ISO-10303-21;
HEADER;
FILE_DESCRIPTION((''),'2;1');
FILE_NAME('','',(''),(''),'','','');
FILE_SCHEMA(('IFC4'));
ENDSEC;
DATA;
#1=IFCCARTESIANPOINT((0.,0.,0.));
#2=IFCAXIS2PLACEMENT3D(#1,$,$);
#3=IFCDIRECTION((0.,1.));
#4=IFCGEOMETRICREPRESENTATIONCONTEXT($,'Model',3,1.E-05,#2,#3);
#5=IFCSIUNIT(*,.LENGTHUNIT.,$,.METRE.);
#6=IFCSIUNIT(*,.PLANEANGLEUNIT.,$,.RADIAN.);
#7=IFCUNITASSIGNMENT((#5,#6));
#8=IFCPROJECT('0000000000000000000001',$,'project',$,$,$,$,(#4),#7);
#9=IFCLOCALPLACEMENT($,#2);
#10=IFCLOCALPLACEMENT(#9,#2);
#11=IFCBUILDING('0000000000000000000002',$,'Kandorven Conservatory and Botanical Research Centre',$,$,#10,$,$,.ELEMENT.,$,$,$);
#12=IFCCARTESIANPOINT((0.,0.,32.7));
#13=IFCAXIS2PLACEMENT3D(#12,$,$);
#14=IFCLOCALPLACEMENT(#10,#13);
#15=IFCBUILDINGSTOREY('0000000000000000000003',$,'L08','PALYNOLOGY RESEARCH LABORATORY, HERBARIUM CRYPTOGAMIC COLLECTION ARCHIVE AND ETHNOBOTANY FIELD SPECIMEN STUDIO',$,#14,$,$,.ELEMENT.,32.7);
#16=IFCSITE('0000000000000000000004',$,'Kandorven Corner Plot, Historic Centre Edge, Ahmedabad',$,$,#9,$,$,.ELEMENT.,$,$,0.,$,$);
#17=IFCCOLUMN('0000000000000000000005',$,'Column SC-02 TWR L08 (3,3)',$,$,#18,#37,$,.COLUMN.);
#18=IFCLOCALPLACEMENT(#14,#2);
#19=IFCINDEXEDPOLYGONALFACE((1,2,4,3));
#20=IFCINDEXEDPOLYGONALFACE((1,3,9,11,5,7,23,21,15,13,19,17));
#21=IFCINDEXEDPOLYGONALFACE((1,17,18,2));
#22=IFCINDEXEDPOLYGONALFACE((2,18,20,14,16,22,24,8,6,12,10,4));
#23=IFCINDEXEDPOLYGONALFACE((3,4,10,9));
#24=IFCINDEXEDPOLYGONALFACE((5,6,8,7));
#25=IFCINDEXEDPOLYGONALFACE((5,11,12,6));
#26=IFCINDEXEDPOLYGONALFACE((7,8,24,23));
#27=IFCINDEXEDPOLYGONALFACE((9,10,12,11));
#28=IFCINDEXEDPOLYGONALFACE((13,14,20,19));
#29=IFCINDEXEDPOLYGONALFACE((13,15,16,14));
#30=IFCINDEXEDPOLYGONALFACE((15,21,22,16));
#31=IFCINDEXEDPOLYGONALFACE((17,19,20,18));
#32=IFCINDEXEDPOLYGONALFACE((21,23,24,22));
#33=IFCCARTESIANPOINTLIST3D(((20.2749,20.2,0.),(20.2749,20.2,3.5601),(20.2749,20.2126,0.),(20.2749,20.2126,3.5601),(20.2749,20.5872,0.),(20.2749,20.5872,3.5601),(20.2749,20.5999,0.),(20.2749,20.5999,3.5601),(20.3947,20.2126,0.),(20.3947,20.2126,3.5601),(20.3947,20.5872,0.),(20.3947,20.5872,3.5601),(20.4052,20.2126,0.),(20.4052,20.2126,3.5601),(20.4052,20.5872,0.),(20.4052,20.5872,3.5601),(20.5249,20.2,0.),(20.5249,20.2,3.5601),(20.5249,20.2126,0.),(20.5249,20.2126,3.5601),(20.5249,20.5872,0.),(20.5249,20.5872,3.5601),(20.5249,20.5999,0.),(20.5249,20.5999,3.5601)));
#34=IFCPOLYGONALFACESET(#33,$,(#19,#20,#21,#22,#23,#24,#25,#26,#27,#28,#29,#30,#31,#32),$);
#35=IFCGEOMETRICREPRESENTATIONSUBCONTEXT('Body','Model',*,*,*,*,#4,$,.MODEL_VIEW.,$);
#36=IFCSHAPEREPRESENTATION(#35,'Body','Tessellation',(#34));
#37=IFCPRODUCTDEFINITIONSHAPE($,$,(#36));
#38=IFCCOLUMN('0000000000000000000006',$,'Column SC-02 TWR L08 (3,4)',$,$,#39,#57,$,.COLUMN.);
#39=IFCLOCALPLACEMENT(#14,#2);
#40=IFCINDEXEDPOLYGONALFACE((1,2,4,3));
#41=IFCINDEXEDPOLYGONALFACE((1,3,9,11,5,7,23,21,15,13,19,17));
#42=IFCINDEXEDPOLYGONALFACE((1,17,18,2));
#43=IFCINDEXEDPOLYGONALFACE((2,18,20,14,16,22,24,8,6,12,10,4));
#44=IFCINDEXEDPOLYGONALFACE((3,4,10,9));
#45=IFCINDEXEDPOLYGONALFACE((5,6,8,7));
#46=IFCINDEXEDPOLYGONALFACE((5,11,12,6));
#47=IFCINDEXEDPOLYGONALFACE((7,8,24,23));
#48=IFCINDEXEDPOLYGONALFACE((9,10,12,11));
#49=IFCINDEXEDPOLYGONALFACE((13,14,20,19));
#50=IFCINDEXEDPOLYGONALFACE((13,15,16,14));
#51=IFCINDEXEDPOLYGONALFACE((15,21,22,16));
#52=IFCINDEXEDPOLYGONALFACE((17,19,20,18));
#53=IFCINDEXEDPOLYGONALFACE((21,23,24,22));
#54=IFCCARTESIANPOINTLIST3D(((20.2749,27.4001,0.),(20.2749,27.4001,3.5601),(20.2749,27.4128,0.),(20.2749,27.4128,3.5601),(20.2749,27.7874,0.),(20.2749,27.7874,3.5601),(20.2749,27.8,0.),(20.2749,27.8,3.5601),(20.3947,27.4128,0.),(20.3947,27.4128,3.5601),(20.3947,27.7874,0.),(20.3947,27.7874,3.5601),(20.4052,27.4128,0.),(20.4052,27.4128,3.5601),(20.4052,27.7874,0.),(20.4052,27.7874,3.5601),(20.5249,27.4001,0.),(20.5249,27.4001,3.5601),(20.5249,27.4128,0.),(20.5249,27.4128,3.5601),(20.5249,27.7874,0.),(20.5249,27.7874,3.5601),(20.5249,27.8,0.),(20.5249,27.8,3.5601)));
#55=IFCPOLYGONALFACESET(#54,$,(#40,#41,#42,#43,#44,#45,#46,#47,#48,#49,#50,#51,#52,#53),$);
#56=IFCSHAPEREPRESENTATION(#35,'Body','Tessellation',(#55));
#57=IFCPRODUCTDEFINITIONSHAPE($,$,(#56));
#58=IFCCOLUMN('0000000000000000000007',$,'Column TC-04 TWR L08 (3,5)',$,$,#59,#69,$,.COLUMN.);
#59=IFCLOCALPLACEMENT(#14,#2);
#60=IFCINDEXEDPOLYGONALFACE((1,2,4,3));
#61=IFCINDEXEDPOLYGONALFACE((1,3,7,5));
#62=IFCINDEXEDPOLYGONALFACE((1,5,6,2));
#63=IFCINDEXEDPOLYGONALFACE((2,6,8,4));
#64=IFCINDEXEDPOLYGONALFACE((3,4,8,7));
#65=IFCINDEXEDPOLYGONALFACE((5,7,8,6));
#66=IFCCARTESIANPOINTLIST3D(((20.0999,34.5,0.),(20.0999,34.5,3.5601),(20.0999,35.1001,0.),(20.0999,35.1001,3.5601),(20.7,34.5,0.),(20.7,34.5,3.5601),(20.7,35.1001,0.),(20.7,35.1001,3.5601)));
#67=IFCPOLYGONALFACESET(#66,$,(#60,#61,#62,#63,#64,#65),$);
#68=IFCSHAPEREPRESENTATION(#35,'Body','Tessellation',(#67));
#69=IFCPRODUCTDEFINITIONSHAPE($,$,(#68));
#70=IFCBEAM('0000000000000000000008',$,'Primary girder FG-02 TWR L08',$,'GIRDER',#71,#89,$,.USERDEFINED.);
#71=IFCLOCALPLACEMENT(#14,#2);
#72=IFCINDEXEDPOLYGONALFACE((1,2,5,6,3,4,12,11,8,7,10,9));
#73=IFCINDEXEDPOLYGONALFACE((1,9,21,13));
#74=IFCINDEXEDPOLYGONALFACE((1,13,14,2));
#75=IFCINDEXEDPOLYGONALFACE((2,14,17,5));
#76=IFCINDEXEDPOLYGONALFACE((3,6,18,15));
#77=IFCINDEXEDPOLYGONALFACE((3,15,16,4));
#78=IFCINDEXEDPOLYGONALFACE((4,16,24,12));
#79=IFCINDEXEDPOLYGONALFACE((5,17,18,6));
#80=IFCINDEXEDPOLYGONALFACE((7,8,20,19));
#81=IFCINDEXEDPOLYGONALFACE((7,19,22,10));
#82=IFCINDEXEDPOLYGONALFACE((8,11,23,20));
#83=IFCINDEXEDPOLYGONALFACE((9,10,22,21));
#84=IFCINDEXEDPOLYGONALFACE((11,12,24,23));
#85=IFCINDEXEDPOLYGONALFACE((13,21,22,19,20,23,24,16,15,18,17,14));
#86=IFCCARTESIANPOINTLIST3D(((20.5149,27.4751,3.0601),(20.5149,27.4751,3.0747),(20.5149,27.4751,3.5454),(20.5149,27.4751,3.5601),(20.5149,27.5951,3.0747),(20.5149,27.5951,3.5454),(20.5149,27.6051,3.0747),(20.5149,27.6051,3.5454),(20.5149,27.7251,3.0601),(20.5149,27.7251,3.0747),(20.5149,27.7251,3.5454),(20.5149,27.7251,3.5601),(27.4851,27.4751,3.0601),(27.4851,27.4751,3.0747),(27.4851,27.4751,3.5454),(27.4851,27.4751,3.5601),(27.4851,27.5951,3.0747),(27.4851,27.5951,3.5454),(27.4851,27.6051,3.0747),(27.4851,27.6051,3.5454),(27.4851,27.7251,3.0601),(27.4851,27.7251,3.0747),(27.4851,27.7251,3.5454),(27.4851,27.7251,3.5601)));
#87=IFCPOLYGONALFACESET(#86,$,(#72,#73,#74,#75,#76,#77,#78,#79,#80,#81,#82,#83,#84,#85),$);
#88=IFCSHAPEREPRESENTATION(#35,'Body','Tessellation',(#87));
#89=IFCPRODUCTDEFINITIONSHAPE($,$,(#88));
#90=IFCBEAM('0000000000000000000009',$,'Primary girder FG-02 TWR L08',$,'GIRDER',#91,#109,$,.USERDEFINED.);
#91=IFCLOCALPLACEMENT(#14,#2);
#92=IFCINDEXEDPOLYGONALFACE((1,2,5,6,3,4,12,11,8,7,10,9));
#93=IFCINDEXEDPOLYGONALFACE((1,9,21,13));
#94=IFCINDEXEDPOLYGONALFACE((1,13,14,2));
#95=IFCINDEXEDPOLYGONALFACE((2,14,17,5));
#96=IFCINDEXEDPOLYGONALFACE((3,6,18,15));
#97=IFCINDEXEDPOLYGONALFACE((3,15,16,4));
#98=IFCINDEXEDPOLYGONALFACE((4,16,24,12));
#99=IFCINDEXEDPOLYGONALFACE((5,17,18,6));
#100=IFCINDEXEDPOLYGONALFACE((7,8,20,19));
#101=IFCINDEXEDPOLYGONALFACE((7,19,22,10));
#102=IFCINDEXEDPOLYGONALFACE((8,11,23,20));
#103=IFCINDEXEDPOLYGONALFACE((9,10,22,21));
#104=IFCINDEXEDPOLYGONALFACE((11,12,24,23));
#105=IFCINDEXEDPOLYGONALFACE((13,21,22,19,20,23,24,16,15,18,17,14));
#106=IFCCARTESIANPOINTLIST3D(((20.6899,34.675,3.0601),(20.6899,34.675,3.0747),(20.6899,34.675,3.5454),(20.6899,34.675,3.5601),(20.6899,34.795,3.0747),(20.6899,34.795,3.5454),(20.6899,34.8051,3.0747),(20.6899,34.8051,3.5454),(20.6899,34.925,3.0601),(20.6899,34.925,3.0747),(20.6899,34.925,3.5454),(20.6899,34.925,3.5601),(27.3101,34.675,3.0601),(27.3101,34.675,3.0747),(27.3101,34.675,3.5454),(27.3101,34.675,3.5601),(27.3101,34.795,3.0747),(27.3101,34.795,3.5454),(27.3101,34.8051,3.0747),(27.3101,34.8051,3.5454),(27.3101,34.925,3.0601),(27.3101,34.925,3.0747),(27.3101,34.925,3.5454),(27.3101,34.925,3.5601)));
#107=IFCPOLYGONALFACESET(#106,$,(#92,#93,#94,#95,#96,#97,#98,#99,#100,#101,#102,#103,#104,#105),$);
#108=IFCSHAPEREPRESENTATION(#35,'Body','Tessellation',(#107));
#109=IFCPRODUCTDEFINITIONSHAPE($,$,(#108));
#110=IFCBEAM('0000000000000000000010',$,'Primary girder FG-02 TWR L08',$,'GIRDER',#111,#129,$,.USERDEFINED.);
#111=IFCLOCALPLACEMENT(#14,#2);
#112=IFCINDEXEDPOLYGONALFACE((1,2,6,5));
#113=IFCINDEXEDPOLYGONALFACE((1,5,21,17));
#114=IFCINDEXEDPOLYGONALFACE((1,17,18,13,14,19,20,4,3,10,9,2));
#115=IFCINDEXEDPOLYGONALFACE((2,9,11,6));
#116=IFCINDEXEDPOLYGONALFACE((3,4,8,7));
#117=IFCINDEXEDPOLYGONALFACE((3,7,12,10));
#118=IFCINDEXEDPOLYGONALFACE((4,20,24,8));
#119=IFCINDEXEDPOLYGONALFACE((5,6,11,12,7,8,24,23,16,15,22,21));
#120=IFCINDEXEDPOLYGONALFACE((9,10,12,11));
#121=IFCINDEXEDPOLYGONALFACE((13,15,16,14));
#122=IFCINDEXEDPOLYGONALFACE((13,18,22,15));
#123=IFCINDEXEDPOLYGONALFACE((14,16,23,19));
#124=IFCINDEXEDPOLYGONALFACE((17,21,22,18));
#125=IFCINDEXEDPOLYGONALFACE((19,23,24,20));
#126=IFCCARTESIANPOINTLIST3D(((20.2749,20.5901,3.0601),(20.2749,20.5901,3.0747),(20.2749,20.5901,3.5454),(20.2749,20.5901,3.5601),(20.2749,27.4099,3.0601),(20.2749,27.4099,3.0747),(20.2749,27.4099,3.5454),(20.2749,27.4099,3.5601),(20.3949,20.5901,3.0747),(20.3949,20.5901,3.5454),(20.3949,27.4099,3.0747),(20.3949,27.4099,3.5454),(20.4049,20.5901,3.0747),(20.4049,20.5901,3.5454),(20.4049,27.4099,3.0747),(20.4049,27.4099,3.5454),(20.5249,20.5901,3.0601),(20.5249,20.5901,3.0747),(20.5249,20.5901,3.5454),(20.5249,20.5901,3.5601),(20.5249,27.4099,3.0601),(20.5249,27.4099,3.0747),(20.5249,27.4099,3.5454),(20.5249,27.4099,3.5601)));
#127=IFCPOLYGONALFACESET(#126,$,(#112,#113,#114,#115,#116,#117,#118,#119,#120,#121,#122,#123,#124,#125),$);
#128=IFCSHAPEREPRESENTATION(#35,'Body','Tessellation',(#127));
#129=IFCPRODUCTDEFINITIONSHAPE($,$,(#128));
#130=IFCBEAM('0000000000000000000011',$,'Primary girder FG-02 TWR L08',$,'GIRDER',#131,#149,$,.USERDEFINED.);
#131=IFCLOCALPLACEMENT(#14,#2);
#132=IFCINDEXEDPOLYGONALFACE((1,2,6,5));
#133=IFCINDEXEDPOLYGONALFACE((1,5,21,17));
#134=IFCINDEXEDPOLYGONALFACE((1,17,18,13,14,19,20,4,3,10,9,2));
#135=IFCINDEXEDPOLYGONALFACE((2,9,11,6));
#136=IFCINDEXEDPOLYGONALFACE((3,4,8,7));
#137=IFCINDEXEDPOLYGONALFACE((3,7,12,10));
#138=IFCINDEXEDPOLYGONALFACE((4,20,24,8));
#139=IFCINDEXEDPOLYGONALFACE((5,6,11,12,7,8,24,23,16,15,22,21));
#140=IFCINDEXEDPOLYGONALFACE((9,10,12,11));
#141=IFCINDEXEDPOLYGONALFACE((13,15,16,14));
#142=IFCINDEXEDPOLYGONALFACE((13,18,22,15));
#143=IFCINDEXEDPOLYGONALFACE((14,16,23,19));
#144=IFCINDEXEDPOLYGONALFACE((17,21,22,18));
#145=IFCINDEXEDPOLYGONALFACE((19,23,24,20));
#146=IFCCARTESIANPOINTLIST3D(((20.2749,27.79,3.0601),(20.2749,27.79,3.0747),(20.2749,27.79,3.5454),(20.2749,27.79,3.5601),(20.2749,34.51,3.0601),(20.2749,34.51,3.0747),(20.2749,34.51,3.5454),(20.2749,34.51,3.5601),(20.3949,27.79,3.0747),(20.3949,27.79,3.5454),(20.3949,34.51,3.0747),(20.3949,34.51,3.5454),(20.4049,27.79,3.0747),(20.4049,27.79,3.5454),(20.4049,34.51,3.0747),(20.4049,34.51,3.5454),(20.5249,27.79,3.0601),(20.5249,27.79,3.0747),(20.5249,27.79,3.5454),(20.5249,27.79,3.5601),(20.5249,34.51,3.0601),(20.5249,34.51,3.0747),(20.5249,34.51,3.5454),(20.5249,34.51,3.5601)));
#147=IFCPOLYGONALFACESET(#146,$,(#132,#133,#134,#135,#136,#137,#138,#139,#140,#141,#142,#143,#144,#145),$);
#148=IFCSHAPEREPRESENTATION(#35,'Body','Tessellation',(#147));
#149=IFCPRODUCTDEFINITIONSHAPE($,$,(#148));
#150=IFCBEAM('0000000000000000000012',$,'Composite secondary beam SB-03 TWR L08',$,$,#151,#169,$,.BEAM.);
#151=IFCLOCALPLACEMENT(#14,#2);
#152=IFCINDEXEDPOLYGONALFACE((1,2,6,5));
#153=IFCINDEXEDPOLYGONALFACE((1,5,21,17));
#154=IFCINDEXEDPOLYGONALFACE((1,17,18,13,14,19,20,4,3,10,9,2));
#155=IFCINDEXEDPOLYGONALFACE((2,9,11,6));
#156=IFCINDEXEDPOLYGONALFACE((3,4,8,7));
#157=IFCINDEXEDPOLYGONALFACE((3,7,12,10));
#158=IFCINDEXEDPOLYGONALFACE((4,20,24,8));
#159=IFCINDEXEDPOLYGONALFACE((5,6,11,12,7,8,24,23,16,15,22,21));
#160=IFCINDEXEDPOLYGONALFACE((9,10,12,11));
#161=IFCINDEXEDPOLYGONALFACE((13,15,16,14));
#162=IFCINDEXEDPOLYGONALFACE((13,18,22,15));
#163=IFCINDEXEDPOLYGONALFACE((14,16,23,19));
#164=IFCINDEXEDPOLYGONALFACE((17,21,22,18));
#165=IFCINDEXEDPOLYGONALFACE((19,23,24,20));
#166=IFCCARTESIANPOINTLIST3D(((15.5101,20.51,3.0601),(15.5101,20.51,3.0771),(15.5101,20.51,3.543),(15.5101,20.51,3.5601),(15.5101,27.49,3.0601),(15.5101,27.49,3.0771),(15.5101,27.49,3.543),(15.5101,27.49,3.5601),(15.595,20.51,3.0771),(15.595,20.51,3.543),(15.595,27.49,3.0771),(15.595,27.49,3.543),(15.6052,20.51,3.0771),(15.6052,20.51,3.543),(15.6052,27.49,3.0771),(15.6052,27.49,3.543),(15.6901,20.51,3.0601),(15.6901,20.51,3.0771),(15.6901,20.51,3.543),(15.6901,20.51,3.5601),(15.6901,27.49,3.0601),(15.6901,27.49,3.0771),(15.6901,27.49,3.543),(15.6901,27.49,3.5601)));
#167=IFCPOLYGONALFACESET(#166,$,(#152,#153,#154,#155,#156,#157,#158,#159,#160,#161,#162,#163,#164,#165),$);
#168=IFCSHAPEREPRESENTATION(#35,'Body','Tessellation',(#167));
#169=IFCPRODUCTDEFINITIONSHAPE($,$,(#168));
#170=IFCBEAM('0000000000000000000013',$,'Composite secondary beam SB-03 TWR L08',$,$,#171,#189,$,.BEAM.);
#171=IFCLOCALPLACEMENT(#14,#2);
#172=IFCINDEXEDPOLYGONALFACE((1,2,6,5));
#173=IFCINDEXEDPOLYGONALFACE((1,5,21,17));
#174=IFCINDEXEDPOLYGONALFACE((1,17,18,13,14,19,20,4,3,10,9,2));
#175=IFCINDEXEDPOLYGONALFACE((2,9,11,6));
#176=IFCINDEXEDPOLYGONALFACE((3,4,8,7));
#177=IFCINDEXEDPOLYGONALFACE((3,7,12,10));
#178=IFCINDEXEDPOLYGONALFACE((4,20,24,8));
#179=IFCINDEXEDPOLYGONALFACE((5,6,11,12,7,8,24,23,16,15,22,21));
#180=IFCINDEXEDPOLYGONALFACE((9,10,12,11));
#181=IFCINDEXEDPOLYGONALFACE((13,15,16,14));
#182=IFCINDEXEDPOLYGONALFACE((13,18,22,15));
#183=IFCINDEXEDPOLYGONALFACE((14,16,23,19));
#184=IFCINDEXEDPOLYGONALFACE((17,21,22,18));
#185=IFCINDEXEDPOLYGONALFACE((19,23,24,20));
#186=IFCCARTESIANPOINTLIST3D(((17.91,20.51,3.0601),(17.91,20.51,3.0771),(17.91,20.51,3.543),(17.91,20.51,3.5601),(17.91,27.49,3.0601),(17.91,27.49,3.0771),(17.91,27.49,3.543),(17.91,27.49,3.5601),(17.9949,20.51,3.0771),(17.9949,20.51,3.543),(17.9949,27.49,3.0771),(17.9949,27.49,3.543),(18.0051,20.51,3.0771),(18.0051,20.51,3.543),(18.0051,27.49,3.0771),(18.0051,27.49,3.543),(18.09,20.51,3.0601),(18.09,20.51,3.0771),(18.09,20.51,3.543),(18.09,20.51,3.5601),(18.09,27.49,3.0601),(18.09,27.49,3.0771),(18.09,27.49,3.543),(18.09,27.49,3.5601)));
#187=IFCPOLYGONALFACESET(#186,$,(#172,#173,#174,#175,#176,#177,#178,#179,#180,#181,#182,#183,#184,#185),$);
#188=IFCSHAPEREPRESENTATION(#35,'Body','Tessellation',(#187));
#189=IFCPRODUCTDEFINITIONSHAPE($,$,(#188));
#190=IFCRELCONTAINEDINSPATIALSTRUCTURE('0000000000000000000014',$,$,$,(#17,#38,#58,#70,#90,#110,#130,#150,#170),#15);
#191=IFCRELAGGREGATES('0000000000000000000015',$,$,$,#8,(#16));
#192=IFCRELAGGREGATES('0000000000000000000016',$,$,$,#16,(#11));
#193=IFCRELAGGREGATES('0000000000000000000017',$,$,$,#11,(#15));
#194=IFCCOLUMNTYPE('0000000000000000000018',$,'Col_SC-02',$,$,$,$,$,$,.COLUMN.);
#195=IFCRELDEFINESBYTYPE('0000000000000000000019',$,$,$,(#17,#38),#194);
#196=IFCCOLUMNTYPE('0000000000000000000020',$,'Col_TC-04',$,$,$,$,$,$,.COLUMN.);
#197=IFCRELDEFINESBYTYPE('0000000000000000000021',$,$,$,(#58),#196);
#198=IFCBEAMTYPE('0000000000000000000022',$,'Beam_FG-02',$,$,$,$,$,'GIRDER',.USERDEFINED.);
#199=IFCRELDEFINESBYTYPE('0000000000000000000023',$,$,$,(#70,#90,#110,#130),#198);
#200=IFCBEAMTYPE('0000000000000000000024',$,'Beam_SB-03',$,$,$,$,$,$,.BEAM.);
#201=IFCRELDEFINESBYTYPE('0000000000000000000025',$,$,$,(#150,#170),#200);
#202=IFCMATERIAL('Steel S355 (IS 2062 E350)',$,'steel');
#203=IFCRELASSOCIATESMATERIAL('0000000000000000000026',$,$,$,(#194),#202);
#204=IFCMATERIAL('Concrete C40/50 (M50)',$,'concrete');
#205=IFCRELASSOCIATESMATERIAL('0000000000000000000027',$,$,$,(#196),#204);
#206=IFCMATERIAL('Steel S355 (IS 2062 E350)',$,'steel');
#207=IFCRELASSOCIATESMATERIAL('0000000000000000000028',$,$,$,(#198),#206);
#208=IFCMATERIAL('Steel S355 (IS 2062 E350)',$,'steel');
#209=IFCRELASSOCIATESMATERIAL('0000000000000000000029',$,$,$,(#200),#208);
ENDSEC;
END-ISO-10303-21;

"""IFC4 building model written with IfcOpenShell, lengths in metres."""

from ifc_helpers import new_model, si_unit, direction, frame, origin, origin_2d, place, context, subcontext, project, spatial, rectangle, i_section, extrude, material, material_profile, profile_set, type_object, element, save


model = new_model("IFC4")

# Units and contexts
model_context = context("Model", 3, precision=1e-05, world=origin(), true_north=direction((0.0, 1.0)))
body_context = subcontext(model_context, "Body", "Model", "MODEL_VIEW")
ifc_project = project(units=[si_unit("LENGTHUNIT", "METRE"), si_unit("PLANEANGLEUNIT", "RADIAN")], contexts=[model_context])

# Site, building, storey
site_placement = place(None, origin())
site = spatial("IfcSite", under=ifc_project, at=site_placement, Name="Kandorven Corner Plot, Historic Centre Edge, Ahmedabad", CompositionType="ELEMENT", RefElevation=0.0)
building_placement = place(site_placement, origin())
building = spatial("IfcBuilding", under=site, at=building_placement, Name="Kandorven Conservatory and Botanical Research Centre", CompositionType="ELEMENT")
storey_placement = place(building_placement, frame((0.0, 0.0, 32.7)))
storey = spatial("IfcBuildingStorey", under=building, at=storey_placement, Name="L08", Description="PALYNOLOGY RESEARCH LABORATORY, HERBARIUM CRYPTOGAMIC COLLECTION ARCHIVE AND ETHNOBOTANY FIELD SPECIMEN STUDIO", CompositionType="ELEMENT", Elevation=32.7)

# Columns
ifc_material_1 = material(Name="Steel S355 (IS 2062 E350)", Category="steel")
ifc_material_profile_1 = material_profile(ifc_material_1, i_section(OverallWidth=0.25, OverallDepth=0.3999, WebThickness=0.0105, FlangeThickness=0.0127, at=origin_2d()))
ifc_profile_set_1 = profile_set([ifc_material_profile_1], Name="Steel S355 (IS 2062 E350)")
column_type_1 = type_object("IfcColumnType", Name="Col_SC-02", PredefinedType="COLUMN", material=ifc_profile_set_1)
for number, where, z_axis, x_axis, name in (
    (1, (20.3999, 20.3999, 0.0), (0.0, 0.0, 1.0), (1.0, 0.0, 0.0), "Column SC-02 TWR L08 (3,3)"),
    (2, (20.3999, 27.6001, 0.0), (0.0, 0.0, 1.0), (1.0, 0.0, 0.0), "Column SC-02 TWR L08 (3,4)"),
):
    element("IfcColumn", number, at=place(storey_placement, frame(where, z_axis=z_axis, x_axis=x_axis)), inside=storey, type_object=column_type_1, Name=name, PredefinedType="COLUMN", context=body_context, shape_type="SweptSolid", body=[
        extrude(i_section(OverallWidth=0.25, OverallDepth=0.3999, WebThickness=0.0105, FlangeThickness=0.0127, at=origin_2d()), origin(), (0.0, 0.0, 1.0), 3.5601),
    ])
ifc_material_2 = material(Name="Concrete C40/50 (M50)", Category="concrete")
ifc_material_profile_2 = material_profile(ifc_material_2, rectangle(XDim=0.6001, YDim=0.6001, at=origin_2d()))
ifc_profile_set_2 = profile_set([ifc_material_profile_2], Name="Concrete C40/50 (M50)")
column_type_2 = type_object("IfcColumnType", Name="Col_TC-04", PredefinedType="COLUMN", material=ifc_profile_set_2)
column_placement = place(storey_placement, frame((20.3999, 34.8, 0.0), z_axis=(0.0, 0.0, 1.0), x_axis=(1.0, 0.0, 0.0)))
element("IfcColumn", 3, at=column_placement, inside=storey, type_object=column_type_2, Name="Column TC-04 TWR L08 (3,5)", PredefinedType="COLUMN", context=body_context, shape_type="SweptSolid", body=[
    extrude(rectangle(XDim=0.6001, YDim=0.6001, at=origin_2d()), origin(), (0.0, 0.0, 1.0), 3.5601),
])

# Beams
ifc_material_3 = material(Name="Steel S355 (IS 2062 E350)", Category="steel")
ifc_material_profile_3 = material_profile(ifc_material_3, i_section(OverallWidth=0.25, OverallDepth=0.5, WebThickness=0.01, FlangeThickness=0.0146, at=origin_2d()))
ifc_profile_set_3 = profile_set([ifc_material_profile_3], Name="Steel S355 (IS 2062 E350)")
beam_type_1 = type_object("IfcBeamType", Name="Beam_FG-02", ElementType="GIRDER", PredefinedType="USERDEFINED", material=ifc_profile_set_3)
beam_1_placement = place(storey_placement, frame((20.5149, 27.6001, 3.3101), z_axis=(1.0, 0.0, 0.0), x_axis=(0.0, 1.0, 0.0)))
element("IfcBeam", 4, at=beam_1_placement, inside=storey, type_object=beam_type_1, Name="Primary girder FG-02 TWR L08", ObjectType="GIRDER", PredefinedType="USERDEFINED", context=body_context, shape_type="SweptSolid", body=[
    extrude(i_section(OverallWidth=0.25, OverallDepth=0.5, WebThickness=0.01, FlangeThickness=0.0146, at=origin_2d()), origin(), (0.0, 0.0, 1.0), 6.9702),
])
beam_2_placement = place(storey_placement, frame((20.6899, 34.8, 3.3101), z_axis=(1.0, 0.0, 0.0), x_axis=(0.0, 1.0, 0.0)))
element("IfcBeam", 5, at=beam_2_placement, inside=storey, type_object=beam_type_1, Name="Primary girder FG-02 TWR L08", ObjectType="GIRDER", PredefinedType="USERDEFINED", context=body_context, shape_type="SweptSolid", body=[
    extrude(i_section(OverallWidth=0.25, OverallDepth=0.5, WebThickness=0.01, FlangeThickness=0.0146, at=origin_2d()), origin(), (0.0, 0.0, 1.0), 6.6201),
])
beam_3_placement = place(storey_placement, frame((20.3999, 20.5901, 3.3101), z_axis=(0.0, 1.0, 0.0), x_axis=(-1.0, 0.0, 0.0)))
element("IfcBeam", 6, at=beam_3_placement, inside=storey, type_object=beam_type_1, Name="Primary girder FG-02 TWR L08", ObjectType="GIRDER", PredefinedType="USERDEFINED", context=body_context, shape_type="SweptSolid", body=[
    extrude(i_section(OverallWidth=0.25, OverallDepth=0.5, WebThickness=0.01, FlangeThickness=0.0146, at=origin_2d()), origin(), (0.0, 0.0, 1.0), 6.8198),
])
beam_4_placement = place(storey_placement, frame((20.3999, 27.79, 3.3101), z_axis=(0.0, 1.0, 0.0), x_axis=(-1.0, 0.0, 0.0)))
element("IfcBeam", 7, at=beam_4_placement, inside=storey, type_object=beam_type_1, Name="Primary girder FG-02 TWR L08", ObjectType="GIRDER", PredefinedType="USERDEFINED", context=body_context, shape_type="SweptSolid", body=[
    extrude(i_section(OverallWidth=0.25, OverallDepth=0.5, WebThickness=0.01, FlangeThickness=0.0146, at=origin_2d()), origin(), (0.0, 0.0, 1.0), 6.72),
])
ifc_material_4 = material(Name="Steel S355 (IS 2062 E350)", Category="steel")
ifc_material_profile_4 = material_profile(ifc_material_4, i_section(OverallWidth=0.1799, OverallDepth=0.5, WebThickness=0.0103, FlangeThickness=0.0171, at=origin_2d()))
ifc_profile_set_4 = profile_set([ifc_material_profile_4], Name="Steel S355 (IS 2062 E350)")
beam_type_2 = type_object("IfcBeamType", Name="Beam_SB-03", PredefinedType="BEAM", material=ifc_profile_set_4)
for number, where, z_axis, x_axis, name in (
    (8, (15.6001, 20.51, 3.3101), (0.0, 1.0, 0.0), (-1.0, 0.0, 0.0), "Composite secondary beam SB-03 TWR L08"),
    (9, (18.0, 20.51, 3.3101), (0.0, 1.0, 0.0), (-1.0, 0.0, 0.0), "Composite secondary beam SB-03 TWR L08"),
):
    element("IfcBeam", number, at=place(storey_placement, frame(where, z_axis=z_axis, x_axis=x_axis)), inside=storey, type_object=beam_type_2, Name=name, PredefinedType="BEAM", context=body_context, shape_type="SweptSolid", body=[
        extrude(i_section(OverallWidth=0.1799, OverallDepth=0.5, WebThickness=0.0103, FlangeThickness=0.0171, at=origin_2d()), origin(), (0.0, 0.0, 1.0), 6.98),
    ])

save(model, "model.ifc")
